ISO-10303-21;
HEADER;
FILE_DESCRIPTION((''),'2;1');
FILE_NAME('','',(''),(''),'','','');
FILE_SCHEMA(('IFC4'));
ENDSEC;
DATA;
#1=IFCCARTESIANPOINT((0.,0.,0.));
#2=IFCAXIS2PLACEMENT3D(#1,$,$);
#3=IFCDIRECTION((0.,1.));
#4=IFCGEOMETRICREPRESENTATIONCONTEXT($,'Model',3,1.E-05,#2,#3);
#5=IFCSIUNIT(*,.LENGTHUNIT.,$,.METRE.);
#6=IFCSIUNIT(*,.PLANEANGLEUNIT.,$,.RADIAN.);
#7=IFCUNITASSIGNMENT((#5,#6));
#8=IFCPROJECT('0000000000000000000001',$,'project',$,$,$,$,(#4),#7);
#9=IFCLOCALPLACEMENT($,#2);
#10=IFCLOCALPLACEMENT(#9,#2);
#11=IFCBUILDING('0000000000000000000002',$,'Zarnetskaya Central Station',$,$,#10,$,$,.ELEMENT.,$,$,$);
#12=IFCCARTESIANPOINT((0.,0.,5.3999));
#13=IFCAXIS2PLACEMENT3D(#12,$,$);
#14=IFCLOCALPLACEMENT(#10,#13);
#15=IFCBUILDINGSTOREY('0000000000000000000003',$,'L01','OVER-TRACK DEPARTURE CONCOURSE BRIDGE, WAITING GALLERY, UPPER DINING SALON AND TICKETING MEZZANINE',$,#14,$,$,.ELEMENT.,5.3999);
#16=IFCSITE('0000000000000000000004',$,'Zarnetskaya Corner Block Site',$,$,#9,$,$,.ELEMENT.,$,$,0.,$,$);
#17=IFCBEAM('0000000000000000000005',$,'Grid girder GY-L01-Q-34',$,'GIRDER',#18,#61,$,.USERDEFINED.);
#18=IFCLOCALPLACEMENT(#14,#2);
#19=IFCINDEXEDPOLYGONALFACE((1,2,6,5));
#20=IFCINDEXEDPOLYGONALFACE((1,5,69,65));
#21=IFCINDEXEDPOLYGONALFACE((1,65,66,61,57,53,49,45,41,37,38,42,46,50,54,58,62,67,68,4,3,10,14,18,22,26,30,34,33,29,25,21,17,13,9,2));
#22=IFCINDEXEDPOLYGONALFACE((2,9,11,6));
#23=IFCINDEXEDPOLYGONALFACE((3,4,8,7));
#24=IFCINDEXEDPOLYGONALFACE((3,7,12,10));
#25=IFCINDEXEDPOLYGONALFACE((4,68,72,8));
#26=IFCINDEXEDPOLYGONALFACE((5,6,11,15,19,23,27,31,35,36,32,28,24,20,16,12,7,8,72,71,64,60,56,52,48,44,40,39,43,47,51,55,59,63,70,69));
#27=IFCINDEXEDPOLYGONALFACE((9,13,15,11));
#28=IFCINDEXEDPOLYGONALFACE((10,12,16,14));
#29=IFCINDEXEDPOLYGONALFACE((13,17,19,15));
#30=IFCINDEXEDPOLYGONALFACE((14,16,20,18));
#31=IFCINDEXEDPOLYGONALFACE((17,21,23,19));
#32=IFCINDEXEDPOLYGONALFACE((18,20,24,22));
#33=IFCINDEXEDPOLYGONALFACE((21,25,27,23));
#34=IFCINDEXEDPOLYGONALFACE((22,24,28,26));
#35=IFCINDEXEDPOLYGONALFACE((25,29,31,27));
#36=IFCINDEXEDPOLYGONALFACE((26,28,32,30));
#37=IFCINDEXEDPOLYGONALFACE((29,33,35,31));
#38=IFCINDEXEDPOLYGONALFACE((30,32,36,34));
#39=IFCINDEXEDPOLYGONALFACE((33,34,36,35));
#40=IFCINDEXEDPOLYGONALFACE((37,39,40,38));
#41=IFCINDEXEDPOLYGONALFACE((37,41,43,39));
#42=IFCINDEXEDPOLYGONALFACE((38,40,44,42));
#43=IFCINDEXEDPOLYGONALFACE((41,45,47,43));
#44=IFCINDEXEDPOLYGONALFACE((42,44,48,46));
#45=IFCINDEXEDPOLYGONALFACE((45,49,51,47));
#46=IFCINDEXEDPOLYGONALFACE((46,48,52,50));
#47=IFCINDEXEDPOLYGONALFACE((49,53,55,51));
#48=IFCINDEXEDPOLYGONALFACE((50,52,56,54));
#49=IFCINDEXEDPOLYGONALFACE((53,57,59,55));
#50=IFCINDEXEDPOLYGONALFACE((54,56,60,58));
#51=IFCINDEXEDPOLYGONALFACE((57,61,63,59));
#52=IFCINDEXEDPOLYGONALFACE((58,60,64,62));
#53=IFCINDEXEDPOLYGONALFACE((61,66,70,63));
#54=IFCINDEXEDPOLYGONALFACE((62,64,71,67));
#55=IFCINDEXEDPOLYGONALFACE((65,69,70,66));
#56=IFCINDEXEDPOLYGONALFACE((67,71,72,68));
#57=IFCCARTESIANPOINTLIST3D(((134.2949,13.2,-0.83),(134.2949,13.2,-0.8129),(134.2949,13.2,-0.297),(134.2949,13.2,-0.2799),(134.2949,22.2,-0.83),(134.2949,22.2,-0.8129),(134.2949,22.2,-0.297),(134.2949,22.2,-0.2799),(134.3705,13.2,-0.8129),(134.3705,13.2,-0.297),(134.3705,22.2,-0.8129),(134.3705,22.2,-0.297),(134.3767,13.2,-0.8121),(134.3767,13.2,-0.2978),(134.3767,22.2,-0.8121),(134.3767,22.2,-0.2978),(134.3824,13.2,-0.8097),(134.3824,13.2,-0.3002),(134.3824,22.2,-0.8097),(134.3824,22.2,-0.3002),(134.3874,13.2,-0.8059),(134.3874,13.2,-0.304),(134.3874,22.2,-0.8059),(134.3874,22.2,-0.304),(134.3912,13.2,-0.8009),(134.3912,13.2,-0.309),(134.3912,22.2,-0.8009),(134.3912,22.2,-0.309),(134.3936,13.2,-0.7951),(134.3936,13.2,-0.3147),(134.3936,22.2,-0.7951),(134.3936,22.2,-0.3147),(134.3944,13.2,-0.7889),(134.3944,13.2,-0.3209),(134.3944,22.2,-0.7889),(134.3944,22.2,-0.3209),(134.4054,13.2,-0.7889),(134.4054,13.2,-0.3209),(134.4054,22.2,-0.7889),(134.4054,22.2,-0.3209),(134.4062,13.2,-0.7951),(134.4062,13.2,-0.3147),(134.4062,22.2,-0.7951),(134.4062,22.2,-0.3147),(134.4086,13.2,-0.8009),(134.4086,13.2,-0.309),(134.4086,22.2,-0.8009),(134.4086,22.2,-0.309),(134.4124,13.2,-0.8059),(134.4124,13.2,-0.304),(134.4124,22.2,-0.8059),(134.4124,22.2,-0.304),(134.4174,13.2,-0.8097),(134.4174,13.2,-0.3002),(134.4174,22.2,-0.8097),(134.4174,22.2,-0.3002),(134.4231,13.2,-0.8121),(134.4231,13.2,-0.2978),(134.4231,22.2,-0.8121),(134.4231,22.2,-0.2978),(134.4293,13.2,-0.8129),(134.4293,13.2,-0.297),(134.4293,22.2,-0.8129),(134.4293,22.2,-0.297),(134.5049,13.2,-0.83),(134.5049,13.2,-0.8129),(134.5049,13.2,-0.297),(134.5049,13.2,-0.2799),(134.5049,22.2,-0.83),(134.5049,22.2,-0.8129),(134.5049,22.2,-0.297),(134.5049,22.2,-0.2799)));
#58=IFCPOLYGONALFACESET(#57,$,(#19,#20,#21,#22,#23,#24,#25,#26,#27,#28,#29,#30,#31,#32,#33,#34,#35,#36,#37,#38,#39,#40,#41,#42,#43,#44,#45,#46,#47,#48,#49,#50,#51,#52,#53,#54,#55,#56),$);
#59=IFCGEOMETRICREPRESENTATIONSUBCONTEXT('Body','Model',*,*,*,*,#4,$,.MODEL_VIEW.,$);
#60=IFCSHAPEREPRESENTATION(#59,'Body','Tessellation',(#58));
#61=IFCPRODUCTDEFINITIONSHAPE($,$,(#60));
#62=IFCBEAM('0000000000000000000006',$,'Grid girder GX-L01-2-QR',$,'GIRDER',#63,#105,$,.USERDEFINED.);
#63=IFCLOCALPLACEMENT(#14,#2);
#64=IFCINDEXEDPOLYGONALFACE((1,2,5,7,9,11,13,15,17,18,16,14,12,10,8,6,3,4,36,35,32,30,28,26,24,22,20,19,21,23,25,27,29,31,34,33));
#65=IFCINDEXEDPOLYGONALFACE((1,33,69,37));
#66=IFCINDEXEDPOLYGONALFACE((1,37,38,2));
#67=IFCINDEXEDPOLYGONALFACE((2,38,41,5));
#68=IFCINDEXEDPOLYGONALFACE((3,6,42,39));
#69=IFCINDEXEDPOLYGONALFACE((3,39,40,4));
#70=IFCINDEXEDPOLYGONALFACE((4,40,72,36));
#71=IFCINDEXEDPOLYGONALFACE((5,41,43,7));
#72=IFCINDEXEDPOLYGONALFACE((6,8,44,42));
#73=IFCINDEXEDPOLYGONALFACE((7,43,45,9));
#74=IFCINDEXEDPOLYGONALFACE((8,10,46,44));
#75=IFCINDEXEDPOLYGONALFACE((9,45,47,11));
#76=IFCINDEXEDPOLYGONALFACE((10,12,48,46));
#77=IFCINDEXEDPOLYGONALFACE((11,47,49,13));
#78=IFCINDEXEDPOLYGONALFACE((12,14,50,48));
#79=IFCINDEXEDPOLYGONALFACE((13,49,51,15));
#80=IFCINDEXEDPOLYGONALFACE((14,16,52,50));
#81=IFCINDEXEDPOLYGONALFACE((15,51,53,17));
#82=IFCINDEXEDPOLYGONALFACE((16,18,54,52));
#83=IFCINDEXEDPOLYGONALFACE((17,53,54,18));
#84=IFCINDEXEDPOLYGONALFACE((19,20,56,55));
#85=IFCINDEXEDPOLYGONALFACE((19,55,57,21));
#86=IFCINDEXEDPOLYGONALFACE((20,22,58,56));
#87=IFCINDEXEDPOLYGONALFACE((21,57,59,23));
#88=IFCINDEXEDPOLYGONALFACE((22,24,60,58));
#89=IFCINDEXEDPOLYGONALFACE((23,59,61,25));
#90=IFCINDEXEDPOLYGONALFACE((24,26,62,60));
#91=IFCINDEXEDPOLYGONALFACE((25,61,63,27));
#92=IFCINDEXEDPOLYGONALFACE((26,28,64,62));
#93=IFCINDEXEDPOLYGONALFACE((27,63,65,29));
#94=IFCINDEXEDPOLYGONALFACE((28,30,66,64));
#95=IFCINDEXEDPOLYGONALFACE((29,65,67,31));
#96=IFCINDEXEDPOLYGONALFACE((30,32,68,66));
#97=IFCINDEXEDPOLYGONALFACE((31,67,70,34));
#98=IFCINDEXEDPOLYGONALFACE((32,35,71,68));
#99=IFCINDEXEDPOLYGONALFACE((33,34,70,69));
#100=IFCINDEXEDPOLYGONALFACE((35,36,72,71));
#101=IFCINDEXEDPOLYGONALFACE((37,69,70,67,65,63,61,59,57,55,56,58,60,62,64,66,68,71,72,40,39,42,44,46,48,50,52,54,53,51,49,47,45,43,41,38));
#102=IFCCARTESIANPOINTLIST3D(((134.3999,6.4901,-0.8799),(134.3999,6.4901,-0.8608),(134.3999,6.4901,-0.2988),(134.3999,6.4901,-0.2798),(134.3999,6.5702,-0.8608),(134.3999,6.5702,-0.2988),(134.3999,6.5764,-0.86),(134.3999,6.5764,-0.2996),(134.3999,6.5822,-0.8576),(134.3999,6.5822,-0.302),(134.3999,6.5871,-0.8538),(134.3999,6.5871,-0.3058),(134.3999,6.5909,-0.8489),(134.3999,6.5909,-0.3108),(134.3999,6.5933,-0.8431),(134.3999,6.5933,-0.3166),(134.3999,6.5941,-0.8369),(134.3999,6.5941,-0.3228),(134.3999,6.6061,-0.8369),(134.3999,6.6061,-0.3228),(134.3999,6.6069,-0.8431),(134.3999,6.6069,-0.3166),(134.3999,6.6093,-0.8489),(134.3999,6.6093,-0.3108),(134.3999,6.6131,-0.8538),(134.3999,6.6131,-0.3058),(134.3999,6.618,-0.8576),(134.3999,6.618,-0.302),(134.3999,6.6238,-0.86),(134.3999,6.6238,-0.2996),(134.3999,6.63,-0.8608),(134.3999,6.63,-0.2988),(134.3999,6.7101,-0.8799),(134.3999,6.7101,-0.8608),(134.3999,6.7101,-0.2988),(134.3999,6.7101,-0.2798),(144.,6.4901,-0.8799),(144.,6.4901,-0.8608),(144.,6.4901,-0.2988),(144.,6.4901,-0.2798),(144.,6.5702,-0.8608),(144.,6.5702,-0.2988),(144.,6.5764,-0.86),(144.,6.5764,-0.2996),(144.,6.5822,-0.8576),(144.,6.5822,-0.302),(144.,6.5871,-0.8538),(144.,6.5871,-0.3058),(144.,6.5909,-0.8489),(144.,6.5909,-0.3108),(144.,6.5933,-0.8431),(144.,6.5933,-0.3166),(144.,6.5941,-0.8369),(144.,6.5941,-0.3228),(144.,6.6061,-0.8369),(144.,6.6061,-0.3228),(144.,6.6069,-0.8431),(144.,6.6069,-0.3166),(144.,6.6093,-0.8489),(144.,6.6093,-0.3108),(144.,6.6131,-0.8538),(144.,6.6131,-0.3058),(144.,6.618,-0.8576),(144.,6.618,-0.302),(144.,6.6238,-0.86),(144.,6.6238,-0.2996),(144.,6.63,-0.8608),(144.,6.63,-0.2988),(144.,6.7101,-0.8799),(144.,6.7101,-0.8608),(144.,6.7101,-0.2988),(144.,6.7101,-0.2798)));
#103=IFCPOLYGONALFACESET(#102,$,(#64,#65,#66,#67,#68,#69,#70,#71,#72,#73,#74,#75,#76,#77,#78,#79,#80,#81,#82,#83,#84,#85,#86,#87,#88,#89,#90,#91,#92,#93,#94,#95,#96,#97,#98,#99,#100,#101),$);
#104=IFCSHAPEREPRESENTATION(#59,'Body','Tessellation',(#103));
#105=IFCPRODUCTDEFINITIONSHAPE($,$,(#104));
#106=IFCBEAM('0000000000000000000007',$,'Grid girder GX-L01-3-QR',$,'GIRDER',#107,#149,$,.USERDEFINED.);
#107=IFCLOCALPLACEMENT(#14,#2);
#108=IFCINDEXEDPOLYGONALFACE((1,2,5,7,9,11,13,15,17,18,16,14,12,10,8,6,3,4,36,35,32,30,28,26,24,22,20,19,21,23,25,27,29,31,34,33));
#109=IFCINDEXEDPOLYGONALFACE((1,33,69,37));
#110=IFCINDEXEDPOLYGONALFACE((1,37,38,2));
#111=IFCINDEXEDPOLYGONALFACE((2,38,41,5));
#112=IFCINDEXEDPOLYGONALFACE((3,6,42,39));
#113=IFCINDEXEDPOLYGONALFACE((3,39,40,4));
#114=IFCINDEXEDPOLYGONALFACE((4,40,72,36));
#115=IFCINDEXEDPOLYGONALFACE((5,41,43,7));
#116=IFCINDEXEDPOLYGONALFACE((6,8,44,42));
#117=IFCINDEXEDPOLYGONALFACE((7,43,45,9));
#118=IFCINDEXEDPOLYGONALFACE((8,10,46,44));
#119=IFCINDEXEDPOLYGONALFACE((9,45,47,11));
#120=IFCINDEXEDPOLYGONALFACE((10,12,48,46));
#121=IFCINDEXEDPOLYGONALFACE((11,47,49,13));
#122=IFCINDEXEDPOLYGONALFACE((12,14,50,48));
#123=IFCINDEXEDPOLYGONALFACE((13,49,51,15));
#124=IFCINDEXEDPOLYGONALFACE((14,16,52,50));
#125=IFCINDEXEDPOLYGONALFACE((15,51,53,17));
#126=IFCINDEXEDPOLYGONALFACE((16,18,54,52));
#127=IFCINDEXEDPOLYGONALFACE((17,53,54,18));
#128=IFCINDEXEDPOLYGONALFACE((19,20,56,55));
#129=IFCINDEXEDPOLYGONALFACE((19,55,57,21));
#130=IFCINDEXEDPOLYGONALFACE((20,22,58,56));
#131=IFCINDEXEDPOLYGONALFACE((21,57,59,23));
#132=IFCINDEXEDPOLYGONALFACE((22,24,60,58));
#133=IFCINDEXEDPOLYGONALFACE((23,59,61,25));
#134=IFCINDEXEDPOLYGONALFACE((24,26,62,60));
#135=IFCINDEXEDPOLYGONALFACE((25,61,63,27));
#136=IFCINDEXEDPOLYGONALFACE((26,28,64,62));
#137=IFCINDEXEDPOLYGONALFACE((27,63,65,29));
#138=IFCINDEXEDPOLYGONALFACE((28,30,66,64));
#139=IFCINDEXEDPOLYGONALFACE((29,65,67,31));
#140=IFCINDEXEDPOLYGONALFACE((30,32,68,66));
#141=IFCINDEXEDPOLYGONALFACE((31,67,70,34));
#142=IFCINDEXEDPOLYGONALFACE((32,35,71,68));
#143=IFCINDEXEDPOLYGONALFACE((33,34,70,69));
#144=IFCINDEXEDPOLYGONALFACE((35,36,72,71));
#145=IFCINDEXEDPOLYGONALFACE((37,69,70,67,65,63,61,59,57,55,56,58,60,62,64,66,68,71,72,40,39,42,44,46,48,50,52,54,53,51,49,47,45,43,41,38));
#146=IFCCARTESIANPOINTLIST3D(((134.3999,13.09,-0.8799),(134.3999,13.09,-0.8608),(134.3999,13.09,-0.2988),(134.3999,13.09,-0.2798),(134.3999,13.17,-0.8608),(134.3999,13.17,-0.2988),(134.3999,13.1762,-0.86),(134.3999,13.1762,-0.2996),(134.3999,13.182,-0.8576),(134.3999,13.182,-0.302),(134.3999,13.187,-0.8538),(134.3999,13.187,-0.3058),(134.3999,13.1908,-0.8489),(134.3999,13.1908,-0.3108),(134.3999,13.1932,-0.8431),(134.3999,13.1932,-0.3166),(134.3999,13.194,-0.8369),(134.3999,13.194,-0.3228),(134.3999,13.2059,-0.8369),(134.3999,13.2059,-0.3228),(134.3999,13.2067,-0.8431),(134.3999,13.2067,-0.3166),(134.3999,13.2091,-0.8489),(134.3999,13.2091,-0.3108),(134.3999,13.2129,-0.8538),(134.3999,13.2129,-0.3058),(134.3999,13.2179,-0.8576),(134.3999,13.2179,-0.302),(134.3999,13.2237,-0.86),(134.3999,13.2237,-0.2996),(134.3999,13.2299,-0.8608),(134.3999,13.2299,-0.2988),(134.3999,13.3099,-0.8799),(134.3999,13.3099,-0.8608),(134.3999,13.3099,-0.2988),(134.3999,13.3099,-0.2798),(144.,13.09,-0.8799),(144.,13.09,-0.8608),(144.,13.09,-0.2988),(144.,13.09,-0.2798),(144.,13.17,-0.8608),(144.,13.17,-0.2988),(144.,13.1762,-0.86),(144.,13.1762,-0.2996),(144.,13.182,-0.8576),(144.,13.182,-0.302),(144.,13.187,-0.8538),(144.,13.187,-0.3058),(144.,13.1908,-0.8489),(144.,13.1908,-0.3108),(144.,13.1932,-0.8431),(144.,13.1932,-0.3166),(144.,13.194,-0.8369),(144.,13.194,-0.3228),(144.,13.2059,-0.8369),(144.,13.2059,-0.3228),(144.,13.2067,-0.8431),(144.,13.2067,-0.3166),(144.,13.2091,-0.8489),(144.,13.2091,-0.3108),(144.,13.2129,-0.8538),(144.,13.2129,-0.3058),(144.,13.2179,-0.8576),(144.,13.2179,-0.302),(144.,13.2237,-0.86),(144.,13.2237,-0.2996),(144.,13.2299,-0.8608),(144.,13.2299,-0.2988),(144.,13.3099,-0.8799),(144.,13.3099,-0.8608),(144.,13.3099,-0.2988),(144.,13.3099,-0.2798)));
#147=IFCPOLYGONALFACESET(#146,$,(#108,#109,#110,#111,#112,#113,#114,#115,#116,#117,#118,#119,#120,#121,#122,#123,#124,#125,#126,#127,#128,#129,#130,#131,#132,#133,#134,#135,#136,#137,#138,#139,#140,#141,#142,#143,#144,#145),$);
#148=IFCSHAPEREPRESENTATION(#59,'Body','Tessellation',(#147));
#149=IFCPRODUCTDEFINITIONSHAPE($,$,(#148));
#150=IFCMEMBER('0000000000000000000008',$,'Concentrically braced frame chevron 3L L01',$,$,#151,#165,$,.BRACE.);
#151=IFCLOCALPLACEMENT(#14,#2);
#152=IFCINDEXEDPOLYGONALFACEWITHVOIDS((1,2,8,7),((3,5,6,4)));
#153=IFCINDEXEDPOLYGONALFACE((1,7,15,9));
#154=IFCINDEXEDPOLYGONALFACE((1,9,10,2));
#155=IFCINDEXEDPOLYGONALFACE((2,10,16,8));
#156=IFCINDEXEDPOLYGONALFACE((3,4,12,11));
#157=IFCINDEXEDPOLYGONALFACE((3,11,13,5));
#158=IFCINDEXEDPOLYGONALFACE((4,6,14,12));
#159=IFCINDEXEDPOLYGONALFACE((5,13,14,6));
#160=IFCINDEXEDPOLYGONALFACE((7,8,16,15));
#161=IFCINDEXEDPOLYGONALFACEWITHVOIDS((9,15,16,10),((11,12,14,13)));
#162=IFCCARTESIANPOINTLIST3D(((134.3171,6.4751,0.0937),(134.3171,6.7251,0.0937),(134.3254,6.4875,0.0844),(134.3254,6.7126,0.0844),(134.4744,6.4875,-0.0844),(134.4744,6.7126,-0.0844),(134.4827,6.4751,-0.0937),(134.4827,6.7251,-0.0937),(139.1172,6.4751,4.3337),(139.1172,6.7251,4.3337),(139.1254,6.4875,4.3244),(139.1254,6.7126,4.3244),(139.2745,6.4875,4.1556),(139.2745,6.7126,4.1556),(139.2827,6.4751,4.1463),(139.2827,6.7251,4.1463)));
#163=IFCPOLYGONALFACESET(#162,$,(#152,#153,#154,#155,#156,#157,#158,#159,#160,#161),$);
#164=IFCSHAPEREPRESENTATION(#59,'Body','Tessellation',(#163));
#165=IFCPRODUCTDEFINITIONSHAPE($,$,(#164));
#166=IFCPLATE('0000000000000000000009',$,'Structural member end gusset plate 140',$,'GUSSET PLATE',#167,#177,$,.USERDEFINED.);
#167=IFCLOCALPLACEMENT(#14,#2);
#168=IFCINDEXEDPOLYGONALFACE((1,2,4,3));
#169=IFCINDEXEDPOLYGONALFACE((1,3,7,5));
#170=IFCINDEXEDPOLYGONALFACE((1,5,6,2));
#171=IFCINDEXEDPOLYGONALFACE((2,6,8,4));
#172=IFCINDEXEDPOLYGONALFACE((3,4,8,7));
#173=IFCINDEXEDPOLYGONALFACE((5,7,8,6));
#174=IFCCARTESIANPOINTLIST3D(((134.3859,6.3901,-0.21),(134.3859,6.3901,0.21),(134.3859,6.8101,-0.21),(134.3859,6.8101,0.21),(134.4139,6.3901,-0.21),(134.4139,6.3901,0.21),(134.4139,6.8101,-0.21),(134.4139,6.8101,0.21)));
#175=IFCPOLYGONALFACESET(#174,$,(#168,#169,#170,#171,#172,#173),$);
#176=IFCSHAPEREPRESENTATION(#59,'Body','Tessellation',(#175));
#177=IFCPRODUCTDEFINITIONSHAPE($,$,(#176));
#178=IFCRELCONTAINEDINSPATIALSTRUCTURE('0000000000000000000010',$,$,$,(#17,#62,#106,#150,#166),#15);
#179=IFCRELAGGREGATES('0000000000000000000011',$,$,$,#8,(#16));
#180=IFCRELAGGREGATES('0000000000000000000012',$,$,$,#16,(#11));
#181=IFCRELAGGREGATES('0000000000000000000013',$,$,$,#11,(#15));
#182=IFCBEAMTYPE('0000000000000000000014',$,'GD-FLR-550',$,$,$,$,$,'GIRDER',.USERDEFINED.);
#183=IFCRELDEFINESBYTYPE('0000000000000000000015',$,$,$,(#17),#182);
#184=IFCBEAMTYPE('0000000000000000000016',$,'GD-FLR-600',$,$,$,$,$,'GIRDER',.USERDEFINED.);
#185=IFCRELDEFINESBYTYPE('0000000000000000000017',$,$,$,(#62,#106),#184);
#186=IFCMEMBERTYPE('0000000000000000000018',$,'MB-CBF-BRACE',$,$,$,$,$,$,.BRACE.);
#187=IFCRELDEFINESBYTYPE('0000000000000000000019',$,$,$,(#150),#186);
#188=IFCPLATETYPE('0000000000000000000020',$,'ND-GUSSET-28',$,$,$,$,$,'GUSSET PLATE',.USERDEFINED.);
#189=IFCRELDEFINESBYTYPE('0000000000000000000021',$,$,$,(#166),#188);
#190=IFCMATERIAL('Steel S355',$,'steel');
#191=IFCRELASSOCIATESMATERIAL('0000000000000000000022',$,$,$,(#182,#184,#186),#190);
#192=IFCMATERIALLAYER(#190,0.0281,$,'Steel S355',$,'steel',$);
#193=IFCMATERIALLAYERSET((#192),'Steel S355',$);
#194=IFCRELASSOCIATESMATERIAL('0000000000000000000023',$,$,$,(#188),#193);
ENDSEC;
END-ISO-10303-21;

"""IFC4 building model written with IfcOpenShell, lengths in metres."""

from ifc_helpers import new_model, si_unit, direction, frame, origin, origin_2d, place, context, subcontext, project, spatial, rectangle, hollow_rectangle, i_section, extrude, material, layer, layer_set, material_profile, profile_set, type_object, element, save


model = new_model("IFC4")

# Units and contexts
model_context = context("Model", 3, precision=1e-05, world=origin(), true_north=direction((0.0, 1.0)))
body_context = subcontext(model_context, "Body", "Model", "MODEL_VIEW")
ifc_project = project(units=[si_unit("LENGTHUNIT", "METRE"), si_unit("PLANEANGLEUNIT", "RADIAN")], contexts=[model_context])

# Site, building, storey
site_placement = place(None, origin())
site = spatial("IfcSite", under=ifc_project, at=site_placement, Name="Zarnetskaya Corner Block Site", CompositionType="ELEMENT", RefElevation=0.0)
building_placement = place(site_placement, origin())
building = spatial("IfcBuilding", under=site, at=building_placement, Name="Zarnetskaya Central Station", CompositionType="ELEMENT")
storey_placement = place(building_placement, frame((0.0, 0.0, 5.3999)))
storey = spatial("IfcBuildingStorey", under=building, at=storey_placement, Name="L01", Description="OVER-TRACK DEPARTURE CONCOURSE BRIDGE, WAITING GALLERY, UPPER DINING SALON AND TICKETING MEZZANINE", CompositionType="ELEMENT", Elevation=5.3999)

# Shared definitions
ifc_material_1 = material(Name="Steel S355", Category="steel")

# Beams
ifc_material_profile_1 = material_profile(ifc_material_1, i_section(OverallWidth=0.21, OverallDepth=0.55, WebThickness=0.011, FlangeThickness=0.0171, FilletRadius=0.0239, at=origin_2d()), Name="IPE 550")
ifc_profile_set_1 = profile_set([ifc_material_profile_1], Name="Steel S355")
beam_type_1 = type_object("IfcBeamType", Name="GD-FLR-550", ElementType="GIRDER", PredefinedType="USERDEFINED", material=ifc_profile_set_1)
beam_1_placement = place(storey_placement, frame((134.3999, 13.2, -0.5549), z_axis=(0.0, 1.0, 0.0), x_axis=(-1.0, 0.0, 0.0)))
element("IfcBeam", 1, at=beam_1_placement, inside=storey, type_object=beam_type_1, Name="Grid girder GY-L01-Q-34", ObjectType="GIRDER", PredefinedType="USERDEFINED", context=body_context, shape_type="SweptSolid", body=[
    extrude(i_section(OverallWidth=0.21, OverallDepth=0.55, WebThickness=0.011, FlangeThickness=0.0171, FilletRadius=0.0239, at=origin_2d()), origin(), (0.0, 0.0, 1.0), 9.0),
])
ifc_material_profile_2 = material_profile(ifc_material_1, i_section(OverallWidth=0.22, OverallDepth=0.6001, WebThickness=0.012, FlangeThickness=0.019, FilletRadius=0.0239, at=origin_2d()), Name="IPE 600")
ifc_profile_set_2 = profile_set([ifc_material_profile_2], Name="Steel S355")
beam_type_2 = type_object("IfcBeamType", Name="GD-FLR-600", ElementType="GIRDER", PredefinedType="USERDEFINED", material=ifc_profile_set_2)
for number, where, z_axis, x_axis, name in (
    (2, (134.3999, 6.6001, -0.5798), (1.0, 0.0, 0.0), (0.0, 1.0, 0.0), "Grid girder GX-L01-2-QR"),
    (3, (134.3999, 13.2, -0.5798), (1.0, 0.0, 0.0), (0.0, 1.0, 0.0), "Grid girder GX-L01-3-QR"),
):
    element("IfcBeam", number, at=place(storey_placement, frame(where, z_axis=z_axis, x_axis=x_axis)), inside=storey, type_object=beam_type_2, Name=name, ObjectType="GIRDER", PredefinedType="USERDEFINED", context=body_context, shape_type="SweptSolid", body=[
        extrude(i_section(OverallWidth=0.22, OverallDepth=0.6001, WebThickness=0.012, FlangeThickness=0.019, FilletRadius=0.0239, at=origin_2d()), origin(), (0.0, 0.0, 1.0), 9.6001),
    ])

# Member
ifc_material_profile_3 = material_profile(ifc_material_1, hollow_rectangle(XDim=0.25, YDim=0.25, WallThickness=0.0125, at=origin_2d()), Name="SHS 250x250x12.5")
ifc_profile_set_3 = profile_set([ifc_material_profile_3], Name="Steel S355")
member_type_1 = type_object("IfcMemberType", Name="MB-CBF-BRACE", PredefinedType="BRACE", material=ifc_profile_set_3)
member_1_placement = place(storey_placement, frame((134.3999, 6.6001, 0.0), z_axis=(0.749477, 0.0, 0.66203), x_axis=(0.0, 1.0, 0.0)))
element("IfcMember", 4, at=member_1_placement, inside=storey, type_object=member_type_1, Name="Concentrically braced frame chevron 3L L01", PredefinedType="BRACE", context=body_context, shape_type="SweptSolid", body=[
    extrude(hollow_rectangle(XDim=0.25, YDim=0.25, WallThickness=0.0125, at=origin_2d()), origin(), (0.0, 0.0, 1.0), 6.4045),
])

# Plate
ifc_layer_1 = layer(ifc_material_1, 0.0281, Name="Steel S355", Category="steel")
ifc_layer_set_1 = layer_set([ifc_layer_1], Name="Steel S355")
plate_type = type_object("IfcPlateType", Name="ND-GUSSET-28", ElementType="GUSSET PLATE", PredefinedType="USERDEFINED", material=ifc_layer_set_1)
plate_placement = place(storey_placement, frame((134.3999, 6.6001, -0.21), z_axis=(0.0, 0.0, 1.0), x_axis=(1.0, 0.0, 0.0)))
element("IfcPlate", 5, at=plate_placement, inside=storey, type_object=plate_type, Name="Structural member end gusset plate 140", ObjectType="GUSSET PLATE", PredefinedType="USERDEFINED", context=body_context, shape_type="SweptSolid", body=[
    extrude(rectangle(XDim=0.0281, YDim=0.4199, at=origin_2d()), origin(), (0.0, 0.0, 1.0), 0.4199),
])

save(model, "model.ifc")
